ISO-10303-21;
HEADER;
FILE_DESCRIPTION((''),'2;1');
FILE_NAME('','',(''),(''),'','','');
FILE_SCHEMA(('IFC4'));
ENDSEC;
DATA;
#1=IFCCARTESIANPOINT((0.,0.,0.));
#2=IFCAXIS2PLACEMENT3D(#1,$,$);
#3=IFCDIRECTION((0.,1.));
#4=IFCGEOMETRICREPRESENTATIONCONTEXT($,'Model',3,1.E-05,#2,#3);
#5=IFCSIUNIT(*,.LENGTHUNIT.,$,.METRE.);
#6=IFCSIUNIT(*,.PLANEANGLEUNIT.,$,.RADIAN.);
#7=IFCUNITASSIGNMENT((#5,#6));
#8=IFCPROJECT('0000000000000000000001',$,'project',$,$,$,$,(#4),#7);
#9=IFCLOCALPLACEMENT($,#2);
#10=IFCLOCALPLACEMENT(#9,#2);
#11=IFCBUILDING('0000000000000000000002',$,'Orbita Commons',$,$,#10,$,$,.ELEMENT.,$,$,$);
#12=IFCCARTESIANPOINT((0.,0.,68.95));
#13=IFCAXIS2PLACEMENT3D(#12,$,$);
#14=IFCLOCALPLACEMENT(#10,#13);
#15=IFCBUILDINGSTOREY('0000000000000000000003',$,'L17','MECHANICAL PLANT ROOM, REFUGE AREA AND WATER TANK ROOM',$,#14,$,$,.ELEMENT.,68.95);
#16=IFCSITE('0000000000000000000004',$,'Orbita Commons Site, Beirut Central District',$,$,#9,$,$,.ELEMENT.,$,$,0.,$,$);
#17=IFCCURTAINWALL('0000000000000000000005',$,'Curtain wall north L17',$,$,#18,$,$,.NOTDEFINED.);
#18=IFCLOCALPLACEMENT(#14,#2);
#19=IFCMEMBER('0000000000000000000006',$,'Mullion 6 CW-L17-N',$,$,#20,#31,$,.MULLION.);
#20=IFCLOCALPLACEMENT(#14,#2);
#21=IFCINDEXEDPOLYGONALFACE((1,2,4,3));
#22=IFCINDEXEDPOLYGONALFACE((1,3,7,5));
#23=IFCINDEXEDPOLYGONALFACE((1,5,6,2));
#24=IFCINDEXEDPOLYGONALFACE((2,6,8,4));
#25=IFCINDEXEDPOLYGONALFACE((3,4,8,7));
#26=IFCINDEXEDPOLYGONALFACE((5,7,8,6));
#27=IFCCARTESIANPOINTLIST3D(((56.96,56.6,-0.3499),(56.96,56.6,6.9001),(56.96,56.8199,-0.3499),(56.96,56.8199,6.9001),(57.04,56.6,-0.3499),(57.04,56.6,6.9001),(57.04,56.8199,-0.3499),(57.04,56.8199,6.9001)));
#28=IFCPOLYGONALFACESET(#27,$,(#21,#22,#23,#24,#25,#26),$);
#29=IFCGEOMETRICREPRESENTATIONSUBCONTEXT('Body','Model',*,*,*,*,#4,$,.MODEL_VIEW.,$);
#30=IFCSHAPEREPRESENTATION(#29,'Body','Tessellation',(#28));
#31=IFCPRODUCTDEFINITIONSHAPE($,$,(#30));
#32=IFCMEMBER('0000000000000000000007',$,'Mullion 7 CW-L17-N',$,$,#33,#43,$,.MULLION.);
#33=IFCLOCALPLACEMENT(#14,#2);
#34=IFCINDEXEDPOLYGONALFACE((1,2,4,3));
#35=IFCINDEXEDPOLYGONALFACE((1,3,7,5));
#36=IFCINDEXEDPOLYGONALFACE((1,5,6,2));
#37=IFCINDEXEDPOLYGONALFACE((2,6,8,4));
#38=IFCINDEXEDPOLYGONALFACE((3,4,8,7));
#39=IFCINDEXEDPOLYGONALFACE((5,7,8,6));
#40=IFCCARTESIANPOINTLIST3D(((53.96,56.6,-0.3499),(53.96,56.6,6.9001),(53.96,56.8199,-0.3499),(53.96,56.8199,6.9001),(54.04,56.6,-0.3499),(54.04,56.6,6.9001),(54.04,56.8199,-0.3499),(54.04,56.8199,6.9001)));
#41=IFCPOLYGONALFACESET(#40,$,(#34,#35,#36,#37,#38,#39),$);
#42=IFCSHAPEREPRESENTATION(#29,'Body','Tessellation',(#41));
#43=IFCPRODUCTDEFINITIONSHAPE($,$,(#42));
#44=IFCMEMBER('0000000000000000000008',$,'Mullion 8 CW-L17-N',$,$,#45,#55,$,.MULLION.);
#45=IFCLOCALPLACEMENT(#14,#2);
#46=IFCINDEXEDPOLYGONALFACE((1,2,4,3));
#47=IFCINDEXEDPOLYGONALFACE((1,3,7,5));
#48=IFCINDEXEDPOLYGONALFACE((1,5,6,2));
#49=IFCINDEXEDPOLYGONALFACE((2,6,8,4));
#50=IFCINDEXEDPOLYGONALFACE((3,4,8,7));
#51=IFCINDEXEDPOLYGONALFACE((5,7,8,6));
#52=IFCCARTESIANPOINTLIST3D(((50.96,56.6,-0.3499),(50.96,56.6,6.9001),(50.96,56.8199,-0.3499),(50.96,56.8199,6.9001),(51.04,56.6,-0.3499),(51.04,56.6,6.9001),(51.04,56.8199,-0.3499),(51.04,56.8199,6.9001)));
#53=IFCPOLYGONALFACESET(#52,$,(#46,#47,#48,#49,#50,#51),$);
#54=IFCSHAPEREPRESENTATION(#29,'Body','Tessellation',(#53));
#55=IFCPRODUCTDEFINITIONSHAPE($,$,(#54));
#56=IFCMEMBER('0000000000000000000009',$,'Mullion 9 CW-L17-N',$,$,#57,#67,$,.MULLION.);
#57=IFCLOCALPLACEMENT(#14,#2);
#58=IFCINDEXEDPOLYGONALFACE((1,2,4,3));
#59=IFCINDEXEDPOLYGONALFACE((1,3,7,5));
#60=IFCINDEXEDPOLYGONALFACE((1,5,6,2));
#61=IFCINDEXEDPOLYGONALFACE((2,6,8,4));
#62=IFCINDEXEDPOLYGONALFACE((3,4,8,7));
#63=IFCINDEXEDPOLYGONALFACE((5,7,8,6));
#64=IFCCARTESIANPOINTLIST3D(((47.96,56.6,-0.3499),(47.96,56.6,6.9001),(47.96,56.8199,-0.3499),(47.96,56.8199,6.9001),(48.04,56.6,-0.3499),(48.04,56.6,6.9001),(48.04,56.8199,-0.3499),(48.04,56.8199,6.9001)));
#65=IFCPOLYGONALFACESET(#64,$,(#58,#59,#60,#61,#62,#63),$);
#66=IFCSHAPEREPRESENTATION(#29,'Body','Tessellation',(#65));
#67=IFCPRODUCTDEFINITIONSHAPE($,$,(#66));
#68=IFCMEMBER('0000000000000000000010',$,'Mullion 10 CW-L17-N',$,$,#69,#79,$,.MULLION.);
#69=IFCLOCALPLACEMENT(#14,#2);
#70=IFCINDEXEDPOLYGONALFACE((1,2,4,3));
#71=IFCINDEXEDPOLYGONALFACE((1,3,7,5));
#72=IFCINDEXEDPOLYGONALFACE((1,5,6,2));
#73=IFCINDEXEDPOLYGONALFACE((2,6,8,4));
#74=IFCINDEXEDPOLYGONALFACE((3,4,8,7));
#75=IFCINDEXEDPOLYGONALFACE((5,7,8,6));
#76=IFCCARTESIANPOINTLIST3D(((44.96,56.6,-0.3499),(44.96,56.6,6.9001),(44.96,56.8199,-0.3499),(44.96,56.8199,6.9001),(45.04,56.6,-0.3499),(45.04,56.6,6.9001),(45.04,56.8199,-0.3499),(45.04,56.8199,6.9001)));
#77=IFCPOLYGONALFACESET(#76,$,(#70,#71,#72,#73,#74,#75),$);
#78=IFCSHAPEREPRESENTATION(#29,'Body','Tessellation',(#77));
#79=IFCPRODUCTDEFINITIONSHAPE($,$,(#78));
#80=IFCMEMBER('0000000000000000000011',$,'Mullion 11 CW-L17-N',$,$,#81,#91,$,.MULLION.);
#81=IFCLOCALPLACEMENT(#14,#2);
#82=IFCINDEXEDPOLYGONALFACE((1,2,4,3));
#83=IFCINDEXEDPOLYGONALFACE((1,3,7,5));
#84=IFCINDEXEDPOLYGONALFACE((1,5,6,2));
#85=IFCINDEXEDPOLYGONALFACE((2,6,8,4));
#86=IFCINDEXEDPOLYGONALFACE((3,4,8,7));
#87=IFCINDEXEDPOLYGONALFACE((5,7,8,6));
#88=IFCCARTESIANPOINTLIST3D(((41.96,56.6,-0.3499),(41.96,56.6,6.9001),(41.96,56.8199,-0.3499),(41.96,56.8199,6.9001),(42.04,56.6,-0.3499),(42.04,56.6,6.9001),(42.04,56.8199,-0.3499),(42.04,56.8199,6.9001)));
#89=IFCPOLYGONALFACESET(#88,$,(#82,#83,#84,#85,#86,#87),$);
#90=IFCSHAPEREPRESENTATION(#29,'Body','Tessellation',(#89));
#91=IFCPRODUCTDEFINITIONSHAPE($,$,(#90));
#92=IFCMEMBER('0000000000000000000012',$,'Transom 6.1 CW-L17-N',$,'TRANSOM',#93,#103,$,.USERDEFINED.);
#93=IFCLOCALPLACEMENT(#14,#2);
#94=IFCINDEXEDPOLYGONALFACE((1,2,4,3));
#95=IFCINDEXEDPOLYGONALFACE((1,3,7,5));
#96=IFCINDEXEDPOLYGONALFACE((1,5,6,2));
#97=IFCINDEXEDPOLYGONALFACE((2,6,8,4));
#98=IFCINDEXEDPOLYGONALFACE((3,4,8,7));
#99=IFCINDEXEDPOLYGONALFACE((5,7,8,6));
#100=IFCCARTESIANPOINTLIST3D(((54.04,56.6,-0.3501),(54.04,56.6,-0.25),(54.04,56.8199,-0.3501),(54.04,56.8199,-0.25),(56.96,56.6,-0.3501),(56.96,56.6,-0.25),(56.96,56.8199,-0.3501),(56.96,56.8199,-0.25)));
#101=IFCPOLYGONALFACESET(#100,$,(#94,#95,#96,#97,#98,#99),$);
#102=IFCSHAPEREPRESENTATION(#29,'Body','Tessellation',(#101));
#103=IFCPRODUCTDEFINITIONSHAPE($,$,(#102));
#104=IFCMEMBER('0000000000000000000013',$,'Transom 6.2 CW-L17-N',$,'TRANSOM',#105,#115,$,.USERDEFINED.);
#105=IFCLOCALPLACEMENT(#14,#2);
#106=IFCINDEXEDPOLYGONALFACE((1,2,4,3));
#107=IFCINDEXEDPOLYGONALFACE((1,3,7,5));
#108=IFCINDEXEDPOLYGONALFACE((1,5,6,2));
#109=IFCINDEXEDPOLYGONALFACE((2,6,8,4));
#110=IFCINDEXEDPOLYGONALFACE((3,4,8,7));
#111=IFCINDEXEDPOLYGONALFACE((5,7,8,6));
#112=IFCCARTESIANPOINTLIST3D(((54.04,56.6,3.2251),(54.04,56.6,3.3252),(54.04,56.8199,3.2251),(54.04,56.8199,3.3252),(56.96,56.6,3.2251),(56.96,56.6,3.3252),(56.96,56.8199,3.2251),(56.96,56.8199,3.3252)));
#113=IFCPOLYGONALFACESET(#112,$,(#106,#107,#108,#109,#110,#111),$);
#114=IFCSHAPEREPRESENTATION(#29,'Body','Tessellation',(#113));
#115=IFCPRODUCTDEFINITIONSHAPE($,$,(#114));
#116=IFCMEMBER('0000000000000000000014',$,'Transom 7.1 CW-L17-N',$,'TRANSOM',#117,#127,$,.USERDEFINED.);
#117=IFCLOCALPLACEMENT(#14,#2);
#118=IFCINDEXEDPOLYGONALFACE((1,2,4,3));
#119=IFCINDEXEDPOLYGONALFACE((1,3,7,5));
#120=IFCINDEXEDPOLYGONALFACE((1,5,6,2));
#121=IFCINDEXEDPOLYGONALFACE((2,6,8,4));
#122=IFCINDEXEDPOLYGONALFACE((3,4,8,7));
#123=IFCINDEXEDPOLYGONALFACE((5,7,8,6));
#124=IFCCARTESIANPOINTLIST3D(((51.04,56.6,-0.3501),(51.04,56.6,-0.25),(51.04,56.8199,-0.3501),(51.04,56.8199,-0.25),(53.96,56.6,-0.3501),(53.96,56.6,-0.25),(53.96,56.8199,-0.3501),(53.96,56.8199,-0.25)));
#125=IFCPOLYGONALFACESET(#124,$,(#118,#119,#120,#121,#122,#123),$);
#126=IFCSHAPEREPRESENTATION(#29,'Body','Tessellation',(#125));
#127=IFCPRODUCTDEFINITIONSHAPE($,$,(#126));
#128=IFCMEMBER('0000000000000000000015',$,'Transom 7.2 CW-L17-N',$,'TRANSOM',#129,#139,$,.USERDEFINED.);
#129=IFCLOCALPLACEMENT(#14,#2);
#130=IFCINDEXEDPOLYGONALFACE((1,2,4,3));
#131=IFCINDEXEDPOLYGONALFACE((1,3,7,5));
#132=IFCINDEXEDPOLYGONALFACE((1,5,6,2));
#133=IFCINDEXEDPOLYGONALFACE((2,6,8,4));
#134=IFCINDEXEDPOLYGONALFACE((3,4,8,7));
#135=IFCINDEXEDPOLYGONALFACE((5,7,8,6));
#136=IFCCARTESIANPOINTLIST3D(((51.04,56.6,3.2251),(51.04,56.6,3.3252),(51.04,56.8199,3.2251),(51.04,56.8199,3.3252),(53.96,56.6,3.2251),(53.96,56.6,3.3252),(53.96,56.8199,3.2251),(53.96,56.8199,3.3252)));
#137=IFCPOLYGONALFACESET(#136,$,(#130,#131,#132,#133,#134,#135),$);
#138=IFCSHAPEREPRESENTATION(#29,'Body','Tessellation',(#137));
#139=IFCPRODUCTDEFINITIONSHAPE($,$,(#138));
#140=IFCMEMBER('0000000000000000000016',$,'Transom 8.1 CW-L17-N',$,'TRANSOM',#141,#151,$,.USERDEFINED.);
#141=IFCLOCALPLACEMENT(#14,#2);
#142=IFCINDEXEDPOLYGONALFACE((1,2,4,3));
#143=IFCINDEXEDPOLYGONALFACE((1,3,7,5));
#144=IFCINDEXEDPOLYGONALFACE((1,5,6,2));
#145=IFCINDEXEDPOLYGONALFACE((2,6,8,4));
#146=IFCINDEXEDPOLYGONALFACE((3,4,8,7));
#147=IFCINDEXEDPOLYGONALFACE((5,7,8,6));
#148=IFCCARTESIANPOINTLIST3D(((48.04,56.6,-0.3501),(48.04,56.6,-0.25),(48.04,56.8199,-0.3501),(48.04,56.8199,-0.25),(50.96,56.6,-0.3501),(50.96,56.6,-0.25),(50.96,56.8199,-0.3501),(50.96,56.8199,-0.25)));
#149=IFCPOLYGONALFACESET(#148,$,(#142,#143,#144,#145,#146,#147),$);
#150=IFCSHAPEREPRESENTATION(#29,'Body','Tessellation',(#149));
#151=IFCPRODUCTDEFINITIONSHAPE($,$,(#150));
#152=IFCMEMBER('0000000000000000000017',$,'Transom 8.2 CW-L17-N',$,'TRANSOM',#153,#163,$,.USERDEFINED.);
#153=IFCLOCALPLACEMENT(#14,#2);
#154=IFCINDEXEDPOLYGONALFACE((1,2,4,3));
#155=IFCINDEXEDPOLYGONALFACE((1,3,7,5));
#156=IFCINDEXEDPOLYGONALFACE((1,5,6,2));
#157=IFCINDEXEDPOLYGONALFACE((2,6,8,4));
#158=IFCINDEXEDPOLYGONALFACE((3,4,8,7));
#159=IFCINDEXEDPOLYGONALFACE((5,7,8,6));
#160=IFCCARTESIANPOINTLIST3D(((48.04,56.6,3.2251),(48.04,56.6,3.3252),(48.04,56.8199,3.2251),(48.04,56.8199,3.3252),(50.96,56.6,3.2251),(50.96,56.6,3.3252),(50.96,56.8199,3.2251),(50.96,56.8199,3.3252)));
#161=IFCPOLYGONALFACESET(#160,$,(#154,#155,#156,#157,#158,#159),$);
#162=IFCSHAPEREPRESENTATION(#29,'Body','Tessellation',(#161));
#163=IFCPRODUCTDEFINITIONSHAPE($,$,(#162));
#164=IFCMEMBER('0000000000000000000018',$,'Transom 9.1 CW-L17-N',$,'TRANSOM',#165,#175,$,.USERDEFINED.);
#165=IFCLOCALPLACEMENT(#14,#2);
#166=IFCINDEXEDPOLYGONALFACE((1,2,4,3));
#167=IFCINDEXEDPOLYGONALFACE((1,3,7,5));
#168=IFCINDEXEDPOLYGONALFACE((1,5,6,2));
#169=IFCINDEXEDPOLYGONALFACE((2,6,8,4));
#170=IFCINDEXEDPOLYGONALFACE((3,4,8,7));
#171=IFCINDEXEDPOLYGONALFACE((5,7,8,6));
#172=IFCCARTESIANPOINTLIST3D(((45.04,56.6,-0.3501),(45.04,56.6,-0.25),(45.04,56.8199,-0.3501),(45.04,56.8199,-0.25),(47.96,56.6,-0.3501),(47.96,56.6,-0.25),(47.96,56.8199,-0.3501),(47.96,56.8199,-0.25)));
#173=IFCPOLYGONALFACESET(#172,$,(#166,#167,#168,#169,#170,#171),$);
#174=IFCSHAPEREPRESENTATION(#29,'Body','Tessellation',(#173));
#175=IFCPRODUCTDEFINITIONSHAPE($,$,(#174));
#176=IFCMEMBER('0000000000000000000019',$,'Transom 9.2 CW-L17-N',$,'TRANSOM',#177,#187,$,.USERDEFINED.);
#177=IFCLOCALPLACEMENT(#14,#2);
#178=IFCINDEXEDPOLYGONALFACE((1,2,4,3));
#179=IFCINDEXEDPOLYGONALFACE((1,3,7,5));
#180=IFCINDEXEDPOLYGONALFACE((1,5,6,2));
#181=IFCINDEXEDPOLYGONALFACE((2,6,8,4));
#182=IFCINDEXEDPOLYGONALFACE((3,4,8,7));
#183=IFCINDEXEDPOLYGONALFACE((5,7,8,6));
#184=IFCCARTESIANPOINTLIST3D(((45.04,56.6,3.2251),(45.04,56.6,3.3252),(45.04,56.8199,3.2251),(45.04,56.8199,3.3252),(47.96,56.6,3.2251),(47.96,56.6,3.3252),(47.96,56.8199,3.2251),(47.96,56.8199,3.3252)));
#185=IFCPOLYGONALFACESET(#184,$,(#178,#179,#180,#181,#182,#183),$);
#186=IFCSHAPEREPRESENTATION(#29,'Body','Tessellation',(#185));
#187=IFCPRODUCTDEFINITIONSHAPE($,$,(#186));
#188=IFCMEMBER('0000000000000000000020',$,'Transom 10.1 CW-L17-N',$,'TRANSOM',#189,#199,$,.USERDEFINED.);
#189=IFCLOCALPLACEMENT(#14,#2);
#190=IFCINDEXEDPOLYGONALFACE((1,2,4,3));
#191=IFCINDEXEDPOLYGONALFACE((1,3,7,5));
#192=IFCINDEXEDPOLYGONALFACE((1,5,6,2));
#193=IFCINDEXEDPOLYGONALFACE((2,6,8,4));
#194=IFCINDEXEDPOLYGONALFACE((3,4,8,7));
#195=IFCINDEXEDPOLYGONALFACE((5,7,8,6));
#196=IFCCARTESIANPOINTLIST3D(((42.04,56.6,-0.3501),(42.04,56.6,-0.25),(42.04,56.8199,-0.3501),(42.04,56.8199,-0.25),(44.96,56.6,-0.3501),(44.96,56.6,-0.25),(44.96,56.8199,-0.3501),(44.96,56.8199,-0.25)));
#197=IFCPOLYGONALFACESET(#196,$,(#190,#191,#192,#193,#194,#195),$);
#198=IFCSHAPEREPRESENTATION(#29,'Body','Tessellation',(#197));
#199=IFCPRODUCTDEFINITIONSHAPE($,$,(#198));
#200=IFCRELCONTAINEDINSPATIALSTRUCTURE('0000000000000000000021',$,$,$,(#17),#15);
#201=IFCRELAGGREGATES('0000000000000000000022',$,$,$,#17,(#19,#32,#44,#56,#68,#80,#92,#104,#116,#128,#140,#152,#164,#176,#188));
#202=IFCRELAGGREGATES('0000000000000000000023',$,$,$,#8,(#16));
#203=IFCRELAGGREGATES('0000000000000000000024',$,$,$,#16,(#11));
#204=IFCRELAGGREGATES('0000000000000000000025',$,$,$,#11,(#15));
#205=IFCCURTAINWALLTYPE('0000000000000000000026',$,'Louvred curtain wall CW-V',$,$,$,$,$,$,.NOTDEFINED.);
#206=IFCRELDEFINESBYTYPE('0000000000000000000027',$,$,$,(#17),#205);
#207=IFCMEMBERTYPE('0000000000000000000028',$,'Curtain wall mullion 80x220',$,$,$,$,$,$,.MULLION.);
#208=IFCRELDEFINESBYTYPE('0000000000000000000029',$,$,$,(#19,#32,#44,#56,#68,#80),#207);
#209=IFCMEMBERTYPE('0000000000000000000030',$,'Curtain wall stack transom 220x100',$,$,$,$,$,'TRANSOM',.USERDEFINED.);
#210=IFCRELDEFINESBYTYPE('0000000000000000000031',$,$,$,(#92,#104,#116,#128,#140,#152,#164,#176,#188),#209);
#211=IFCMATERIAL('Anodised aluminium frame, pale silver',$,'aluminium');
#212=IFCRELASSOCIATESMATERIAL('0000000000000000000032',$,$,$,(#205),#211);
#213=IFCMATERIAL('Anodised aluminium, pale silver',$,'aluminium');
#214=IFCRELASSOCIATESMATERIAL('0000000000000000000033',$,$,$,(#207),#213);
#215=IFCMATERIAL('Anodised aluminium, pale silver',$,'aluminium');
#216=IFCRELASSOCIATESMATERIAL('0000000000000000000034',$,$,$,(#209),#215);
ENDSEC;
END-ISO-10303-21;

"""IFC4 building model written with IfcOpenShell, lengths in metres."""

from ifc_helpers import new_model, si_unit, direction, frame, origin, origin_2d, place, context, subcontext, project, spatial, rectangle, extrude, material, material_profile, profile_set, type_object, element, aggregate, save


model = new_model("IFC4")

# Units and contexts
model_context = context("Model", 3, precision=1e-05, world=origin(), true_north=direction((0.0, 1.0)))
body_context = subcontext(model_context, "Body", "Model", "MODEL_VIEW")
ifc_project = project(units=[si_unit("LENGTHUNIT", "METRE"), si_unit("PLANEANGLEUNIT", "RADIAN")], contexts=[model_context])

# Site, building, storey
site_placement = place(None, origin())
site = spatial("IfcSite", under=ifc_project, at=site_placement, Name="Orbita Commons Site, Beirut Central District", CompositionType="ELEMENT", RefElevation=0.0)
building_placement = place(site_placement, origin())
building = spatial("IfcBuilding", under=site, at=building_placement, Name="Orbita Commons", CompositionType="ELEMENT")
storey_placement = place(building_placement, frame((0.0, 0.0, 68.95)))
storey = spatial("IfcBuildingStorey", under=building, at=storey_placement, Name="L17", Description="MECHANICAL PLANT ROOM, REFUGE AREA AND WATER TANK ROOM", CompositionType="ELEMENT", Elevation=68.95)

# Curtain wall, members
ifc_material_1 = material(Name="Anodised aluminium frame, pale silver", Category="aluminium")
curtain_wall_type = type_object("IfcCurtainWallType", Name="Louvred curtain wall CW-V", PredefinedType="NOTDEFINED", material=ifc_material_1)
curtain_wall_placement = place(storey_placement, origin())
curtain_wall = element("IfcCurtainWall", 1, at=curtain_wall_placement, inside=storey, type_object=curtain_wall_type, Name="Curtain wall north L17", PredefinedType="NOTDEFINED")
ifc_material_2 = material(Name="Anodised aluminium, pale silver", Category="aluminium")
ifc_material_profile_1 = material_profile(ifc_material_2, rectangle(XDim=0.0801, YDim=0.22, at=origin_2d()), Name="AL 80x220")
ifc_profile_set_1 = profile_set([ifc_material_profile_1], Name="Anodised aluminium, pale silver")
member_type_1 = type_object("IfcMemberType", Name="Curtain wall mullion 80x220", PredefinedType="MULLION", material=ifc_profile_set_1)
member_1_placement = place(storey_placement, frame((57.0, 56.71, -0.3499), z_axis=(0.0, 0.0, 1.0), x_axis=(-1.0, 0.0, 0.0)))
member_1 = element("IfcMember", 2, at=member_1_placement, type_object=member_type_1, Name="Mullion 6 CW-L17-N", PredefinedType="MULLION", context=body_context, shape_type="SweptSolid", body=[
    extrude(rectangle(XDim=0.0801, YDim=0.22, at=origin_2d()), origin(), (0.0, 0.0, 1.0), 7.25),
])
member_2_placement = place(storey_placement, frame((54.0, 56.71, -0.3499), z_axis=(0.0, 0.0, 1.0), x_axis=(-1.0, 0.0, 0.0)))
member_2 = element("IfcMember", 3, at=member_2_placement, type_object=member_type_1, Name="Mullion 7 CW-L17-N", PredefinedType="MULLION", context=body_context, shape_type="SweptSolid", body=[
    extrude(rectangle(XDim=0.0801, YDim=0.22, at=origin_2d()), origin(), (0.0, 0.0, 1.0), 7.25),
])
member_3_placement = place(storey_placement, frame((51.0, 56.71, -0.3499), z_axis=(0.0, 0.0, 1.0), x_axis=(-1.0, 0.0, 0.0)))
member_3 = element("IfcMember", 4, at=member_3_placement, type_object=member_type_1, Name="Mullion 8 CW-L17-N", PredefinedType="MULLION", context=body_context, shape_type="SweptSolid", body=[
    extrude(rectangle(XDim=0.0801, YDim=0.22, at=origin_2d()), origin(), (0.0, 0.0, 1.0), 7.25),
])
member_4_placement = place(storey_placement, frame((48.0, 56.71, -0.3499), z_axis=(0.0, 0.0, 1.0), x_axis=(-1.0, 0.0, 0.0)))
member_4 = element("IfcMember", 5, at=member_4_placement, type_object=member_type_1, Name="Mullion 9 CW-L17-N", PredefinedType="MULLION", context=body_context, shape_type="SweptSolid", body=[
    extrude(rectangle(XDim=0.0801, YDim=0.22, at=origin_2d()), origin(), (0.0, 0.0, 1.0), 7.25),
])
member_5_placement = place(storey_placement, frame((45.0, 56.71, -0.3499), z_axis=(0.0, 0.0, 1.0), x_axis=(-1.0, 0.0, 0.0)))
member_5 = element("IfcMember", 6, at=member_5_placement, type_object=member_type_1, Name="Mullion 10 CW-L17-N", PredefinedType="MULLION", context=body_context, shape_type="SweptSolid", body=[
    extrude(rectangle(XDim=0.0801, YDim=0.22, at=origin_2d()), origin(), (0.0, 0.0, 1.0), 7.25),
])
member_6_placement = place(storey_placement, frame((42.0, 56.71, -0.3499), z_axis=(0.0, 0.0, 1.0), x_axis=(-1.0, 0.0, 0.0)))
member_6 = element("IfcMember", 7, at=member_6_placement, type_object=member_type_1, Name="Mullion 11 CW-L17-N", PredefinedType="MULLION", context=body_context, shape_type="SweptSolid", body=[
    extrude(rectangle(XDim=0.0801, YDim=0.22, at=origin_2d()), origin(), (0.0, 0.0, 1.0), 7.25),
])
ifc_material_3 = material(Name="Anodised aluminium, pale silver", Category="aluminium")
ifc_material_profile_2 = material_profile(ifc_material_3, rectangle(XDim=0.22, YDim=0.1001, at=origin_2d()), Name="AL 220x100")
ifc_profile_set_2 = profile_set([ifc_material_profile_2], Name="Anodised aluminium, pale silver")
member_type_2 = type_object("IfcMemberType", Name="Curtain wall stack transom 220x100", ElementType="TRANSOM", PredefinedType="USERDEFINED", material=ifc_profile_set_2)
member_7_placement = place(storey_placement, frame((56.96, 56.71, -0.3), z_axis=(-1.0, 0.0, 0.0), x_axis=(0.0, -1.0, 0.0)))
member_7 = element("IfcMember", 8, at=member_7_placement, type_object=member_type_2, Name="Transom 6.1 CW-L17-N", ObjectType="TRANSOM", PredefinedType="USERDEFINED", context=body_context, shape_type="SweptSolid", body=[
    extrude(rectangle(XDim=0.22, YDim=0.1001, at=origin_2d()), origin(), (0.0, 0.0, 1.0), 2.9199),
])
member_8_placement = place(storey_placement, frame((56.96, 56.71, 3.2751), z_axis=(-1.0, 0.0, 0.0), x_axis=(0.0, -1.0, 0.0)))
member_8 = element("IfcMember", 9, at=member_8_placement, type_object=member_type_2, Name="Transom 6.2 CW-L17-N", ObjectType="TRANSOM", PredefinedType="USERDEFINED", context=body_context, shape_type="SweptSolid", body=[
    extrude(rectangle(XDim=0.22, YDim=0.1001, at=origin_2d()), origin(), (0.0, 0.0, 1.0), 2.9199),
])
member_9_placement = place(storey_placement, frame((53.96, 56.71, -0.3), z_axis=(-1.0, 0.0, 0.0), x_axis=(0.0, -1.0, 0.0)))
member_9 = element("IfcMember", 10, at=member_9_placement, type_object=member_type_2, Name="Transom 7.1 CW-L17-N", ObjectType="TRANSOM", PredefinedType="USERDEFINED", context=body_context, shape_type="SweptSolid", body=[
    extrude(rectangle(XDim=0.22, YDim=0.1001, at=origin_2d()), origin(), (0.0, 0.0, 1.0), 2.9199),
])
member_10_placement = place(storey_placement, frame((53.96, 56.71, 3.2751), z_axis=(-1.0, 0.0, 0.0), x_axis=(0.0, -1.0, 0.0)))
member_10 = element("IfcMember", 11, at=member_10_placement, type_object=member_type_2, Name="Transom 7.2 CW-L17-N", ObjectType="TRANSOM", PredefinedType="USERDEFINED", context=body_context, shape_type="SweptSolid", body=[
    extrude(rectangle(XDim=0.22, YDim=0.1001, at=origin_2d()), origin(), (0.0, 0.0, 1.0), 2.9199),
])
member_11_placement = place(storey_placement, frame((50.96, 56.71, -0.3), z_axis=(-1.0, 0.0, 0.0), x_axis=(0.0, -1.0, 0.0)))
member_11 = element("IfcMember", 12, at=member_11_placement, type_object=member_type_2, Name="Transom 8.1 CW-L17-N", ObjectType="TRANSOM", PredefinedType="USERDEFINED", context=body_context, shape_type="SweptSolid", body=[
    extrude(rectangle(XDim=0.22, YDim=0.1001, at=origin_2d()), origin(), (0.0, 0.0, 1.0), 2.9199),
])
member_12_placement = place(storey_placement, frame((50.96, 56.71, 3.2751), z_axis=(-1.0, 0.0, 0.0), x_axis=(0.0, -1.0, 0.0)))
member_12 = element("IfcMember", 13, at=member_12_placement, type_object=member_type_2, Name="Transom 8.2 CW-L17-N", ObjectType="TRANSOM", PredefinedType="USERDEFINED", context=body_context, shape_type="SweptSolid", body=[
    extrude(rectangle(XDim=0.22, YDim=0.1001, at=origin_2d()), origin(), (0.0, 0.0, 1.0), 2.9199),
])
member_13_placement = place(storey_placement, frame((47.96, 56.71, -0.3), z_axis=(-1.0, 0.0, 0.0), x_axis=(0.0, -1.0, 0.0)))
member_13 = element("IfcMember", 14, at=member_13_placement, type_object=member_type_2, Name="Transom 9.1 CW-L17-N", ObjectType="TRANSOM", PredefinedType="USERDEFINED", context=body_context, shape_type="SweptSolid", body=[
    extrude(rectangle(XDim=0.22, YDim=0.1001, at=origin_2d()), origin(), (0.0, 0.0, 1.0), 2.9199),
])
member_14_placement = place(storey_placement, frame((47.96, 56.71, 3.2751), z_axis=(-1.0, 0.0, 0.0), x_axis=(0.0, -1.0, 0.0)))
member_14 = element("IfcMember", 15, at=member_14_placement, type_object=member_type_2, Name="Transom 9.2 CW-L17-N", ObjectType="TRANSOM", PredefinedType="USERDEFINED", context=body_context, shape_type="SweptSolid", body=[
    extrude(rectangle(XDim=0.22, YDim=0.1001, at=origin_2d()), origin(), (0.0, 0.0, 1.0), 2.9199),
])
member_15_placement = place(storey_placement, frame((44.96, 56.71, -0.3), z_axis=(-1.0, 0.0, 0.0), x_axis=(0.0, -1.0, 0.0)))
member_15 = element("IfcMember", 16, at=member_15_placement, type_object=member_type_2, Name="Transom 10.1 CW-L17-N", ObjectType="TRANSOM", PredefinedType="USERDEFINED", context=body_context, shape_type="SweptSolid", body=[
    extrude(rectangle(XDim=0.22, YDim=0.1001, at=origin_2d()), origin(), (0.0, 0.0, 1.0), 2.9199),
])
aggregate(curtain_wall, [member_1, member_2, member_3, member_4, member_5, member_6, member_7, member_8, member_9, member_10, member_11, member_12, member_13, member_14, member_15])

save(model, "model.ifc")
